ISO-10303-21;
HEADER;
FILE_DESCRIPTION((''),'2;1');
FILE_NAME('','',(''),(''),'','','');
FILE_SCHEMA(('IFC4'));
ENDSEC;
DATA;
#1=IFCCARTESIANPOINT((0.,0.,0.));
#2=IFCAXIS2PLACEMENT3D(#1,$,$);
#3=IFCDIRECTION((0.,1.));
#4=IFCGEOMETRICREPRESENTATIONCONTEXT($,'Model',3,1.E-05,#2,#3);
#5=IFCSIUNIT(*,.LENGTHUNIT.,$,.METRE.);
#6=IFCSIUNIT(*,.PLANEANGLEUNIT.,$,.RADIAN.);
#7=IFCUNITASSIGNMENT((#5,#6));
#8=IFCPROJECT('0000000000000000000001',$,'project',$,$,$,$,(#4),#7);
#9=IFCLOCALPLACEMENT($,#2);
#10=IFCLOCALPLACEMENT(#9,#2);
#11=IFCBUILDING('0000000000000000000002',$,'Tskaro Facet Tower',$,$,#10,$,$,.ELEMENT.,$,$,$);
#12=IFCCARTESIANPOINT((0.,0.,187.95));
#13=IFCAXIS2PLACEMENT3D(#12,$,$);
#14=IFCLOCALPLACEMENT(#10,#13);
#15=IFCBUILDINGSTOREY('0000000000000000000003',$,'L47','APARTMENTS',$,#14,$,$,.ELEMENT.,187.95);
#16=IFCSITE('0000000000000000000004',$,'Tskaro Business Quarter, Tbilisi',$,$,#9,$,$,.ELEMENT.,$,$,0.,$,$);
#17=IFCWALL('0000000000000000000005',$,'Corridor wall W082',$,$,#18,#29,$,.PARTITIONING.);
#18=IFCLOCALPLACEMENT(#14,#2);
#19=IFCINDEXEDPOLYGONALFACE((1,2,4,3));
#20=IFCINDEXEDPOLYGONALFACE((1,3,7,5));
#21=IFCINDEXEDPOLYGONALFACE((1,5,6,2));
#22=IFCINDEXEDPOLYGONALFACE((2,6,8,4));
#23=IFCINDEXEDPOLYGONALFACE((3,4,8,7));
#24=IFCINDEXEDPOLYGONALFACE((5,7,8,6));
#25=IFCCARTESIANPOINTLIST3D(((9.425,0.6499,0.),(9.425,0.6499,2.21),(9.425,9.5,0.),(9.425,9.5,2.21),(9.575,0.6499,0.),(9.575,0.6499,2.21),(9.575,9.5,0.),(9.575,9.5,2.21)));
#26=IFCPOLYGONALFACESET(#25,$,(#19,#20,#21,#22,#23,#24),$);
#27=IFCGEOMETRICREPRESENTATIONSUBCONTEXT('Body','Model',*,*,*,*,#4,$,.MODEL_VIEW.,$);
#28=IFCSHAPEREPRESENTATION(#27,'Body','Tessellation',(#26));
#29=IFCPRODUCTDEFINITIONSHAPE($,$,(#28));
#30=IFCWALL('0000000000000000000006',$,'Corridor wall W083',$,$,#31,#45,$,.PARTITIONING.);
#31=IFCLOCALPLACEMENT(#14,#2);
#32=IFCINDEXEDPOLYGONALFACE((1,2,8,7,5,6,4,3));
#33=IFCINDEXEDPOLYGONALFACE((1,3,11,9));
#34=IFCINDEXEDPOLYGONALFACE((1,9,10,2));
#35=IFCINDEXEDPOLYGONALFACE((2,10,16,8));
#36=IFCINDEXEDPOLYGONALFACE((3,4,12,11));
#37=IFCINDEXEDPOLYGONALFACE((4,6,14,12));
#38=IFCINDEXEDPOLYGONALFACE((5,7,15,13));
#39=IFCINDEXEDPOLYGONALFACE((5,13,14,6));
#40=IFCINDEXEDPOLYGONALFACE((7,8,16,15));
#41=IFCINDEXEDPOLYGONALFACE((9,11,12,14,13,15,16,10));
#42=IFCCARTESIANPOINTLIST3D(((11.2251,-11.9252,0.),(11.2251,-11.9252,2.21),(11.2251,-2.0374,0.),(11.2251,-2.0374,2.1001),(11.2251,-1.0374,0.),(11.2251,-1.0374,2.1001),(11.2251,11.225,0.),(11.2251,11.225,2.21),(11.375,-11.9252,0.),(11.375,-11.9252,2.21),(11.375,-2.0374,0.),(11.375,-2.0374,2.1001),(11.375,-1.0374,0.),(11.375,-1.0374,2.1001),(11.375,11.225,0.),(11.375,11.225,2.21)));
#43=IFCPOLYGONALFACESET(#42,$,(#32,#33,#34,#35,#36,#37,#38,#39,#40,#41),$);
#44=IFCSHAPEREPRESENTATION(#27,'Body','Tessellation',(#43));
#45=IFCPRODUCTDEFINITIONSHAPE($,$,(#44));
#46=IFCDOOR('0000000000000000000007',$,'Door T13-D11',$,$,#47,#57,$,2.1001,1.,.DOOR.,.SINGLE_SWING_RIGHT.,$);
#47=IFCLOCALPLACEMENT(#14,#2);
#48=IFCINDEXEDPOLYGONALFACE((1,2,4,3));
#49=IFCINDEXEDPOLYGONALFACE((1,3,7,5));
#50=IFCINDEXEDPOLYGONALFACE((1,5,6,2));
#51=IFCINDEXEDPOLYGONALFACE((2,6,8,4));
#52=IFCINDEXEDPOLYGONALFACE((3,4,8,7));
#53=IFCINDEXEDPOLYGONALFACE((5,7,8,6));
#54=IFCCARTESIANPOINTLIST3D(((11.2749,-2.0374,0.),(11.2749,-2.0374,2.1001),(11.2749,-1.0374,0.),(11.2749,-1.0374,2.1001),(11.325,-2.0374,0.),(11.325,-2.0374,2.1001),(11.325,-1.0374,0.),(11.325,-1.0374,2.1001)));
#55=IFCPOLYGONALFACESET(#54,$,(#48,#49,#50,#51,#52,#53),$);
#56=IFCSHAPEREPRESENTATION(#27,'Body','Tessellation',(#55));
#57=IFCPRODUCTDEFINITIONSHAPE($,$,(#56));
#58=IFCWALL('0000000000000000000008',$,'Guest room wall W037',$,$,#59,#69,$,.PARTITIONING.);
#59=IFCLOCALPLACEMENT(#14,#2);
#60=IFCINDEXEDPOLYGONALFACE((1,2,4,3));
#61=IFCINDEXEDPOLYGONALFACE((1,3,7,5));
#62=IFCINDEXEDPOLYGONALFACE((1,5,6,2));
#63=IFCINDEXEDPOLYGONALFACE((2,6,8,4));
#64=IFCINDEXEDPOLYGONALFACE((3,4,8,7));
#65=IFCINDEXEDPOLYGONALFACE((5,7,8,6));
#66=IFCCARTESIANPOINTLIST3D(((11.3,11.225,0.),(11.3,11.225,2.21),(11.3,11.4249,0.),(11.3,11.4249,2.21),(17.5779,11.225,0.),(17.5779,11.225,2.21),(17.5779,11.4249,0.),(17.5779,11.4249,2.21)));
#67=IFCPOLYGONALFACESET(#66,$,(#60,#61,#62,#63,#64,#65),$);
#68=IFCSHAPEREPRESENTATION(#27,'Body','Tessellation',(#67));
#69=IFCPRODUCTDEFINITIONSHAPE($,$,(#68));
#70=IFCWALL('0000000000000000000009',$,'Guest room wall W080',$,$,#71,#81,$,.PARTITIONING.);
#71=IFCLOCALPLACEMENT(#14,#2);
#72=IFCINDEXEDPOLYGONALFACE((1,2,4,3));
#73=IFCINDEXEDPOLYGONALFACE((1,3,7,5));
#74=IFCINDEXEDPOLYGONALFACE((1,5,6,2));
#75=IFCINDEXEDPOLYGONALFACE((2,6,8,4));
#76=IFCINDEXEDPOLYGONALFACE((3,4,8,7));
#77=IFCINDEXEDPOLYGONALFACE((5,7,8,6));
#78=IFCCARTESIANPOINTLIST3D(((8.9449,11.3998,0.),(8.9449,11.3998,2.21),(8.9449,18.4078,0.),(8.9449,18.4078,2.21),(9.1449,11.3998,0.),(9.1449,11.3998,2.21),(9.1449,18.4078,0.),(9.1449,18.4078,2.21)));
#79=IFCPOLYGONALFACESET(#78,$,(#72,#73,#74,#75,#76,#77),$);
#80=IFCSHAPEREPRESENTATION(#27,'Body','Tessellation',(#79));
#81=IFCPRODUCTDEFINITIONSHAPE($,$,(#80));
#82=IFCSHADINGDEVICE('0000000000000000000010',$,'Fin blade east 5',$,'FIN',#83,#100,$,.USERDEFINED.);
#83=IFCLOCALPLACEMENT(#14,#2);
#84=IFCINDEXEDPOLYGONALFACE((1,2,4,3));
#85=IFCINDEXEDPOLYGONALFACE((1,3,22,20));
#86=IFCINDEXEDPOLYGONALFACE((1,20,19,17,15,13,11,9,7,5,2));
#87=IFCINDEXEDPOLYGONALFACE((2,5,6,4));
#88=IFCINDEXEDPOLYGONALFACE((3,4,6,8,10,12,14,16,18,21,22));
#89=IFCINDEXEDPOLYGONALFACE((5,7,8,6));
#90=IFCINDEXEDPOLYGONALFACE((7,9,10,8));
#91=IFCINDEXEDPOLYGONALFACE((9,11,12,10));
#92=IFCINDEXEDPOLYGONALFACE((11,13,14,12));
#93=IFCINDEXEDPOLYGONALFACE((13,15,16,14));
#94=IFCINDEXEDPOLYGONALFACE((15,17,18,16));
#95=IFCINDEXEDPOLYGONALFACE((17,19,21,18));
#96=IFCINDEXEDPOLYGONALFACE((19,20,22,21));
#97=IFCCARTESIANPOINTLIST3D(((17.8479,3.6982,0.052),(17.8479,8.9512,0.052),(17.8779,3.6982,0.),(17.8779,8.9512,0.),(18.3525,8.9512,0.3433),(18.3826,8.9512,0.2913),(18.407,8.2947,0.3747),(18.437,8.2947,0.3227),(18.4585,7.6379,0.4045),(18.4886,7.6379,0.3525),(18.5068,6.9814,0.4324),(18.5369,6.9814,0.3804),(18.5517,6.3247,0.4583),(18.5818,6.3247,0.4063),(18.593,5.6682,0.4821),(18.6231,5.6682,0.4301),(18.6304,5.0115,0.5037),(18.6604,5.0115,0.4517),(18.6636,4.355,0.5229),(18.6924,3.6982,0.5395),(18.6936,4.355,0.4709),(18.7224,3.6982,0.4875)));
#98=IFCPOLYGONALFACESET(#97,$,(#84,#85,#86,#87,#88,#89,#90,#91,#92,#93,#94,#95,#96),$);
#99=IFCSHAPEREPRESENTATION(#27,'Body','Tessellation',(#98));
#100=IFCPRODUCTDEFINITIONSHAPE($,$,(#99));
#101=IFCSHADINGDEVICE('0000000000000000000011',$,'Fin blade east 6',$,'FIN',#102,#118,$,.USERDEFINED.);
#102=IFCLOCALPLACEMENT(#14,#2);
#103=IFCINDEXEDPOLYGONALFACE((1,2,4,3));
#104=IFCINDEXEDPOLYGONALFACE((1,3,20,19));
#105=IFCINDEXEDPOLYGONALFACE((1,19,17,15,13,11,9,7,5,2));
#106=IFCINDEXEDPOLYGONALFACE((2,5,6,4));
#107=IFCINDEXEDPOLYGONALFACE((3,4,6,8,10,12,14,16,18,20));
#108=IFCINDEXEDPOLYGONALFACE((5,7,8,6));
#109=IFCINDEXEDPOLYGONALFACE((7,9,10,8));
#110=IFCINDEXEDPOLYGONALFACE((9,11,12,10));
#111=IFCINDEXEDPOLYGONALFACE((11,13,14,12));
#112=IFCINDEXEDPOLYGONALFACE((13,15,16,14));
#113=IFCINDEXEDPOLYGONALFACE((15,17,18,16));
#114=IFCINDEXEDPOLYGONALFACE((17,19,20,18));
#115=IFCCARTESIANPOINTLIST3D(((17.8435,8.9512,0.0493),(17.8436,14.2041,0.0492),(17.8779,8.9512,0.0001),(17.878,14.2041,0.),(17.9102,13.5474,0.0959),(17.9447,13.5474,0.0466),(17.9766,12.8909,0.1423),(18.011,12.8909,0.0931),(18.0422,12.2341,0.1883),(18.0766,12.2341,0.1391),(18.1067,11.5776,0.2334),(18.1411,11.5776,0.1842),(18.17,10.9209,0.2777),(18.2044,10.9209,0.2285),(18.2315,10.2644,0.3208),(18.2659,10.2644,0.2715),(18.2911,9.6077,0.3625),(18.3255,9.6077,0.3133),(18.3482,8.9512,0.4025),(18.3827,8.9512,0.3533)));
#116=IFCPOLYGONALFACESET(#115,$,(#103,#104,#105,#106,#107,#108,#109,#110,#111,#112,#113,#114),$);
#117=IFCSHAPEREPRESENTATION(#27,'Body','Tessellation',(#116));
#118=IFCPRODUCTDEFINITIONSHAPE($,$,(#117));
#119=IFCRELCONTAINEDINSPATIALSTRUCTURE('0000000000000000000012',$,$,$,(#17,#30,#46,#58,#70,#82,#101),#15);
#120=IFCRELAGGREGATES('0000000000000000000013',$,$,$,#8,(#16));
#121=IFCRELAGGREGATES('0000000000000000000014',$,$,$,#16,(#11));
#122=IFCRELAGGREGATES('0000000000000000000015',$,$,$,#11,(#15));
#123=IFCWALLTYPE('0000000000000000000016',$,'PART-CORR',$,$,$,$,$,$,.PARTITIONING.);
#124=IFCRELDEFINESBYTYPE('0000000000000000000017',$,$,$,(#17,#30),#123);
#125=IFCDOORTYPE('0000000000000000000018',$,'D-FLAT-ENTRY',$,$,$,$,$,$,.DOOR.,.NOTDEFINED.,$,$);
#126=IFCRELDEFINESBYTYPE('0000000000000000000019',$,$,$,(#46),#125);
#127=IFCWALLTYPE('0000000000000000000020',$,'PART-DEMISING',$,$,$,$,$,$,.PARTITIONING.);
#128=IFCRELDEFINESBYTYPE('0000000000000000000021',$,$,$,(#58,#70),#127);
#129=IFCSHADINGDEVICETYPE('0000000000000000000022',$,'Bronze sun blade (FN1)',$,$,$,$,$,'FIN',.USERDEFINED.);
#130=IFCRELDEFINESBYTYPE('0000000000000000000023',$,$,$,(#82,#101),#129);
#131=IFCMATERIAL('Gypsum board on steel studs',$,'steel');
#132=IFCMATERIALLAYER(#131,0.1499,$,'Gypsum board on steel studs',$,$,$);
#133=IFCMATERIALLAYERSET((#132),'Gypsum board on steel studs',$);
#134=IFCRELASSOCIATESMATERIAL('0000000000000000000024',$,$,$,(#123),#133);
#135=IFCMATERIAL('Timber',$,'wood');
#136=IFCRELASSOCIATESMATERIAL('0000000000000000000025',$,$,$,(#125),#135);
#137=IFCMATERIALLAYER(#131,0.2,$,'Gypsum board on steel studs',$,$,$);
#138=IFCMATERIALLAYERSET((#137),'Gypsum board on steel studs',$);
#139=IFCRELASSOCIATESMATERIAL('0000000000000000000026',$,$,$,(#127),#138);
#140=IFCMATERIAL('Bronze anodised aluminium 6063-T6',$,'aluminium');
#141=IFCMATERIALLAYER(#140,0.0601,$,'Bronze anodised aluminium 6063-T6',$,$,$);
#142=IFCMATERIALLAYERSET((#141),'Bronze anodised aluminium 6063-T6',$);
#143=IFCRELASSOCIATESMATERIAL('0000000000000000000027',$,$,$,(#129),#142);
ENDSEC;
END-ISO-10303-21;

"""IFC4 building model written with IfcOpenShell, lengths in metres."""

from ifc_helpers import new_model, si_unit, direction, frame, frame_2d, origin, place, context, subcontext, project, spatial, polyline, rectangle, outline, extrude, material, layer, layer_set, type_object, element, fill, save


model = new_model("IFC4")

# Units and contexts
model_context = context("Model", 3, precision=1e-05, world=origin(), true_north=direction((0.0, 1.0)))
body_context = subcontext(model_context, "Body", "Model", "MODEL_VIEW")
ifc_project = project(units=[si_unit("LENGTHUNIT", "METRE"), si_unit("PLANEANGLEUNIT", "RADIAN")], contexts=[model_context])

# Site, building, storey
site_placement = place(None, origin())
site = spatial("IfcSite", under=ifc_project, at=site_placement, Name="Tskaro Business Quarter, Tbilisi", CompositionType="ELEMENT", RefElevation=0.0)
building_placement = place(site_placement, origin())
building = spatial("IfcBuilding", under=site, at=building_placement, Name="Tskaro Facet Tower", CompositionType="ELEMENT")
storey_placement = place(building_placement, frame((0.0, 0.0, 187.95)))
storey = spatial("IfcBuildingStorey", under=building, at=storey_placement, Name="L47", Description="APARTMENTS", CompositionType="ELEMENT", Elevation=187.95)

# Shared definitions
ifc_material_1 = material(Name="Bronze anodised aluminium 6063-T6", Category="aluminium")

# Shared definitions
ifc_material_2 = material(Name="Gypsum board on steel studs", Category="steel")

# Shared definitions
ifc_material_3 = material(Name="Timber", Category="wood")

# Wall
ifc_layer_1 = layer(ifc_material_2, 0.1499, Name="Gypsum board on steel studs")
ifc_layer_set_1 = layer_set([ifc_layer_1], Name="Gypsum board on steel studs")
wall_type_1 = type_object("IfcWallType", Name="PART-CORR", PredefinedType="PARTITIONING", material=ifc_layer_set_1)
wall_1_placement = place(storey_placement, frame((9.5, 0.6499, 0.0), z_axis=(0.0, 0.0, 1.0), x_axis=(0.0, 1.0, 0.0)))
element("IfcWall", 1, at=wall_1_placement, inside=storey, type_object=wall_type_1, Name="Corridor wall W082", PredefinedType="PARTITIONING", context=body_context, shape_type="SweptSolid", body=[
    extrude(rectangle(XDim=8.8501, YDim=0.1499, at=frame_2d((4.425, 0.0))), origin(), (0.0, 0.0, 1.0), 2.21),
])

# Wall, opening, door
wall_2_placement = place(storey_placement, frame((11.3, 11.2251, 0.0), z_axis=(0.0, 0.0, 1.0), x_axis=(0.0, -1.0, 0.0)))
wall_2 = element("IfcWall", 2, at=wall_2_placement, inside=storey, type_object=wall_type_1, Name="Corridor wall W083", PredefinedType="PARTITIONING", context=body_context, shape_type="SweptSolid", body=[
    extrude(rectangle(XDim=23.1501, YDim=0.1499, at=frame_2d((11.5752, 0.0))), origin(), (0.0, 0.0, 1.0), 2.21),
])
opening_1_placement = place(wall_2_placement, frame((12.2625, 0.0, 0.0)))
opening_1 = element("IfcOpeningElement", 3, at=opening_1_placement, cuts=wall_2, PredefinedType="OPENING", context=body_context, shape_type="SweptSolid", body=[
    extrude(rectangle(XDim=1.0, YDim=2.1001, at=frame_2d((0.5, 1.05))), frame((0.0, 0.085, 0.0), z_axis=(0.0, -1.0, 0.0), x_axis=(1.0, 0.0, 0.0)), (0.0, 0.0, 1.0), 0.1699),
])
door_type_1 = type_object("IfcDoorType", Name="D-FLAT-ENTRY", OperationType="NOTDEFINED", PredefinedType="DOOR", material=ifc_material_3)
door_1_placement = place(opening_1_placement, origin())
door_1 = element("IfcDoor", 4, at=door_1_placement, inside=storey, type_object=door_type_1, Name="Door T13-D11", OperationType="SINGLE_SWING_RIGHT", OverallHeight=2.1001, OverallWidth=1.0, PredefinedType="DOOR", context=body_context, shape_type="SweptSolid", body=[
    extrude(rectangle(XDim=1.0, YDim=2.1001, at=frame_2d((0.5, 1.05))), frame((0.0, 0.0249, 0.0), z_axis=(0.0, -1.0, 0.0), x_axis=(1.0, 0.0, 0.0)), (0.0, 0.0, 1.0), 0.05),
])
fill(opening_1, door_1)

# Walls
ifc_layer_2 = layer(ifc_material_2, 0.2, Name="Gypsum board on steel studs")
ifc_layer_set_2 = layer_set([ifc_layer_2], Name="Gypsum board on steel studs")
wall_type_2 = type_object("IfcWallType", Name="PART-DEMISING", PredefinedType="PARTITIONING", material=ifc_layer_set_2)
wall_3_placement = place(storey_placement, frame((11.3, 11.325, 0.0), z_axis=(0.0, 0.0, 1.0), x_axis=(1.0, 0.0, 0.0)))
element("IfcWall", 5, at=wall_3_placement, inside=storey, type_object=wall_type_2, Name="Guest room wall W037", PredefinedType="PARTITIONING", context=body_context, shape_type="SweptSolid", body=[
    extrude(rectangle(XDim=6.2778, YDim=0.2, at=frame_2d((3.1389, 0.0))), origin(), (0.0, 0.0, 1.0), 2.21),
])
wall_4_placement = place(storey_placement, frame((9.0449, 11.3999, 0.0), z_axis=(0.0, 0.0, 1.0), x_axis=(0.0, 1.0, 0.0)))
element("IfcWall", 6, at=wall_4_placement, inside=storey, type_object=wall_type_2, Name="Guest room wall W080", PredefinedType="PARTITIONING", context=body_context, shape_type="SweptSolid", body=[
    extrude(rectangle(XDim=7.0081, YDim=0.2, at=frame_2d((3.5039, 0.0))), origin(), (0.0, 0.0, 1.0), 2.21),
])

# Shading devices
ifc_layer_3 = layer(ifc_material_1, 0.0601, Name="Bronze anodised aluminium 6063-T6")
ifc_layer_set_3 = layer_set([ifc_layer_3], Name="Bronze anodised aluminium 6063-T6")
shading_device_type = type_object("IfcShadingDeviceType", Name="Bronze sun blade (FN1)", ElementType="FIN", PredefinedType="USERDEFINED", material=ifc_layer_set_3)
shading_device_1_placement = place(storey_placement, frame((17.8479, 3.6982, 0.052), z_axis=(-0.499958, 0.000008, 0.86605), x_axis=(0.000004, 1.0, -0.000007)))
element("IfcShadingDevice", 7, at=shading_device_1_placement, inside=storey, type_object=shading_device_type, Name="Fin blade east 5", ObjectType="FIN", PredefinedType="USERDEFINED", context=body_context, shape_type="SweptSolid", body=[
    extrude(outline(polyline([(0.0, 0.0), (5.2529, 0.0), (5.2529, -0.5827), (4.5964, -0.6456), (3.9397, -0.7051), (3.2832, -0.7608), (2.6265, -0.8127), (1.97, -0.8604), (1.3132, -0.9035), (0.6567, -0.9419), (0.0, -0.9751), (0.0, 0.0)])), origin(), (0.0, 0.0, -1.0), 0.0601),
])
shading_device_2_placement = place(storey_placement, frame((17.8435, 8.9512, 0.0493), z_axis=(-0.573317, 0.000025, 0.819334), x_axis=(0.000014, 1.0, -0.00002)))
element("IfcShadingDevice", 8, at=shading_device_2_placement, inside=storey, type_object=shading_device_type, Name="Fin blade east 6", ObjectType="FIN", PredefinedType="USERDEFINED", context=body_context, shape_type="SweptSolid", body=[
    extrude(outline(polyline([(0.0, 0.0), (5.2529, 0.0), (4.5962, -0.0813), (3.9397, -0.1623), (3.283, -0.2425), (2.6265, -0.3212), (1.9697, -0.3985), (1.3132, -0.4735), (0.6565, -0.5462), (0.0, -0.616), (0.0, 0.0)])), origin(), (0.0, 0.0, -1.0), 0.0601),
])

save(model, "model.ifc")
